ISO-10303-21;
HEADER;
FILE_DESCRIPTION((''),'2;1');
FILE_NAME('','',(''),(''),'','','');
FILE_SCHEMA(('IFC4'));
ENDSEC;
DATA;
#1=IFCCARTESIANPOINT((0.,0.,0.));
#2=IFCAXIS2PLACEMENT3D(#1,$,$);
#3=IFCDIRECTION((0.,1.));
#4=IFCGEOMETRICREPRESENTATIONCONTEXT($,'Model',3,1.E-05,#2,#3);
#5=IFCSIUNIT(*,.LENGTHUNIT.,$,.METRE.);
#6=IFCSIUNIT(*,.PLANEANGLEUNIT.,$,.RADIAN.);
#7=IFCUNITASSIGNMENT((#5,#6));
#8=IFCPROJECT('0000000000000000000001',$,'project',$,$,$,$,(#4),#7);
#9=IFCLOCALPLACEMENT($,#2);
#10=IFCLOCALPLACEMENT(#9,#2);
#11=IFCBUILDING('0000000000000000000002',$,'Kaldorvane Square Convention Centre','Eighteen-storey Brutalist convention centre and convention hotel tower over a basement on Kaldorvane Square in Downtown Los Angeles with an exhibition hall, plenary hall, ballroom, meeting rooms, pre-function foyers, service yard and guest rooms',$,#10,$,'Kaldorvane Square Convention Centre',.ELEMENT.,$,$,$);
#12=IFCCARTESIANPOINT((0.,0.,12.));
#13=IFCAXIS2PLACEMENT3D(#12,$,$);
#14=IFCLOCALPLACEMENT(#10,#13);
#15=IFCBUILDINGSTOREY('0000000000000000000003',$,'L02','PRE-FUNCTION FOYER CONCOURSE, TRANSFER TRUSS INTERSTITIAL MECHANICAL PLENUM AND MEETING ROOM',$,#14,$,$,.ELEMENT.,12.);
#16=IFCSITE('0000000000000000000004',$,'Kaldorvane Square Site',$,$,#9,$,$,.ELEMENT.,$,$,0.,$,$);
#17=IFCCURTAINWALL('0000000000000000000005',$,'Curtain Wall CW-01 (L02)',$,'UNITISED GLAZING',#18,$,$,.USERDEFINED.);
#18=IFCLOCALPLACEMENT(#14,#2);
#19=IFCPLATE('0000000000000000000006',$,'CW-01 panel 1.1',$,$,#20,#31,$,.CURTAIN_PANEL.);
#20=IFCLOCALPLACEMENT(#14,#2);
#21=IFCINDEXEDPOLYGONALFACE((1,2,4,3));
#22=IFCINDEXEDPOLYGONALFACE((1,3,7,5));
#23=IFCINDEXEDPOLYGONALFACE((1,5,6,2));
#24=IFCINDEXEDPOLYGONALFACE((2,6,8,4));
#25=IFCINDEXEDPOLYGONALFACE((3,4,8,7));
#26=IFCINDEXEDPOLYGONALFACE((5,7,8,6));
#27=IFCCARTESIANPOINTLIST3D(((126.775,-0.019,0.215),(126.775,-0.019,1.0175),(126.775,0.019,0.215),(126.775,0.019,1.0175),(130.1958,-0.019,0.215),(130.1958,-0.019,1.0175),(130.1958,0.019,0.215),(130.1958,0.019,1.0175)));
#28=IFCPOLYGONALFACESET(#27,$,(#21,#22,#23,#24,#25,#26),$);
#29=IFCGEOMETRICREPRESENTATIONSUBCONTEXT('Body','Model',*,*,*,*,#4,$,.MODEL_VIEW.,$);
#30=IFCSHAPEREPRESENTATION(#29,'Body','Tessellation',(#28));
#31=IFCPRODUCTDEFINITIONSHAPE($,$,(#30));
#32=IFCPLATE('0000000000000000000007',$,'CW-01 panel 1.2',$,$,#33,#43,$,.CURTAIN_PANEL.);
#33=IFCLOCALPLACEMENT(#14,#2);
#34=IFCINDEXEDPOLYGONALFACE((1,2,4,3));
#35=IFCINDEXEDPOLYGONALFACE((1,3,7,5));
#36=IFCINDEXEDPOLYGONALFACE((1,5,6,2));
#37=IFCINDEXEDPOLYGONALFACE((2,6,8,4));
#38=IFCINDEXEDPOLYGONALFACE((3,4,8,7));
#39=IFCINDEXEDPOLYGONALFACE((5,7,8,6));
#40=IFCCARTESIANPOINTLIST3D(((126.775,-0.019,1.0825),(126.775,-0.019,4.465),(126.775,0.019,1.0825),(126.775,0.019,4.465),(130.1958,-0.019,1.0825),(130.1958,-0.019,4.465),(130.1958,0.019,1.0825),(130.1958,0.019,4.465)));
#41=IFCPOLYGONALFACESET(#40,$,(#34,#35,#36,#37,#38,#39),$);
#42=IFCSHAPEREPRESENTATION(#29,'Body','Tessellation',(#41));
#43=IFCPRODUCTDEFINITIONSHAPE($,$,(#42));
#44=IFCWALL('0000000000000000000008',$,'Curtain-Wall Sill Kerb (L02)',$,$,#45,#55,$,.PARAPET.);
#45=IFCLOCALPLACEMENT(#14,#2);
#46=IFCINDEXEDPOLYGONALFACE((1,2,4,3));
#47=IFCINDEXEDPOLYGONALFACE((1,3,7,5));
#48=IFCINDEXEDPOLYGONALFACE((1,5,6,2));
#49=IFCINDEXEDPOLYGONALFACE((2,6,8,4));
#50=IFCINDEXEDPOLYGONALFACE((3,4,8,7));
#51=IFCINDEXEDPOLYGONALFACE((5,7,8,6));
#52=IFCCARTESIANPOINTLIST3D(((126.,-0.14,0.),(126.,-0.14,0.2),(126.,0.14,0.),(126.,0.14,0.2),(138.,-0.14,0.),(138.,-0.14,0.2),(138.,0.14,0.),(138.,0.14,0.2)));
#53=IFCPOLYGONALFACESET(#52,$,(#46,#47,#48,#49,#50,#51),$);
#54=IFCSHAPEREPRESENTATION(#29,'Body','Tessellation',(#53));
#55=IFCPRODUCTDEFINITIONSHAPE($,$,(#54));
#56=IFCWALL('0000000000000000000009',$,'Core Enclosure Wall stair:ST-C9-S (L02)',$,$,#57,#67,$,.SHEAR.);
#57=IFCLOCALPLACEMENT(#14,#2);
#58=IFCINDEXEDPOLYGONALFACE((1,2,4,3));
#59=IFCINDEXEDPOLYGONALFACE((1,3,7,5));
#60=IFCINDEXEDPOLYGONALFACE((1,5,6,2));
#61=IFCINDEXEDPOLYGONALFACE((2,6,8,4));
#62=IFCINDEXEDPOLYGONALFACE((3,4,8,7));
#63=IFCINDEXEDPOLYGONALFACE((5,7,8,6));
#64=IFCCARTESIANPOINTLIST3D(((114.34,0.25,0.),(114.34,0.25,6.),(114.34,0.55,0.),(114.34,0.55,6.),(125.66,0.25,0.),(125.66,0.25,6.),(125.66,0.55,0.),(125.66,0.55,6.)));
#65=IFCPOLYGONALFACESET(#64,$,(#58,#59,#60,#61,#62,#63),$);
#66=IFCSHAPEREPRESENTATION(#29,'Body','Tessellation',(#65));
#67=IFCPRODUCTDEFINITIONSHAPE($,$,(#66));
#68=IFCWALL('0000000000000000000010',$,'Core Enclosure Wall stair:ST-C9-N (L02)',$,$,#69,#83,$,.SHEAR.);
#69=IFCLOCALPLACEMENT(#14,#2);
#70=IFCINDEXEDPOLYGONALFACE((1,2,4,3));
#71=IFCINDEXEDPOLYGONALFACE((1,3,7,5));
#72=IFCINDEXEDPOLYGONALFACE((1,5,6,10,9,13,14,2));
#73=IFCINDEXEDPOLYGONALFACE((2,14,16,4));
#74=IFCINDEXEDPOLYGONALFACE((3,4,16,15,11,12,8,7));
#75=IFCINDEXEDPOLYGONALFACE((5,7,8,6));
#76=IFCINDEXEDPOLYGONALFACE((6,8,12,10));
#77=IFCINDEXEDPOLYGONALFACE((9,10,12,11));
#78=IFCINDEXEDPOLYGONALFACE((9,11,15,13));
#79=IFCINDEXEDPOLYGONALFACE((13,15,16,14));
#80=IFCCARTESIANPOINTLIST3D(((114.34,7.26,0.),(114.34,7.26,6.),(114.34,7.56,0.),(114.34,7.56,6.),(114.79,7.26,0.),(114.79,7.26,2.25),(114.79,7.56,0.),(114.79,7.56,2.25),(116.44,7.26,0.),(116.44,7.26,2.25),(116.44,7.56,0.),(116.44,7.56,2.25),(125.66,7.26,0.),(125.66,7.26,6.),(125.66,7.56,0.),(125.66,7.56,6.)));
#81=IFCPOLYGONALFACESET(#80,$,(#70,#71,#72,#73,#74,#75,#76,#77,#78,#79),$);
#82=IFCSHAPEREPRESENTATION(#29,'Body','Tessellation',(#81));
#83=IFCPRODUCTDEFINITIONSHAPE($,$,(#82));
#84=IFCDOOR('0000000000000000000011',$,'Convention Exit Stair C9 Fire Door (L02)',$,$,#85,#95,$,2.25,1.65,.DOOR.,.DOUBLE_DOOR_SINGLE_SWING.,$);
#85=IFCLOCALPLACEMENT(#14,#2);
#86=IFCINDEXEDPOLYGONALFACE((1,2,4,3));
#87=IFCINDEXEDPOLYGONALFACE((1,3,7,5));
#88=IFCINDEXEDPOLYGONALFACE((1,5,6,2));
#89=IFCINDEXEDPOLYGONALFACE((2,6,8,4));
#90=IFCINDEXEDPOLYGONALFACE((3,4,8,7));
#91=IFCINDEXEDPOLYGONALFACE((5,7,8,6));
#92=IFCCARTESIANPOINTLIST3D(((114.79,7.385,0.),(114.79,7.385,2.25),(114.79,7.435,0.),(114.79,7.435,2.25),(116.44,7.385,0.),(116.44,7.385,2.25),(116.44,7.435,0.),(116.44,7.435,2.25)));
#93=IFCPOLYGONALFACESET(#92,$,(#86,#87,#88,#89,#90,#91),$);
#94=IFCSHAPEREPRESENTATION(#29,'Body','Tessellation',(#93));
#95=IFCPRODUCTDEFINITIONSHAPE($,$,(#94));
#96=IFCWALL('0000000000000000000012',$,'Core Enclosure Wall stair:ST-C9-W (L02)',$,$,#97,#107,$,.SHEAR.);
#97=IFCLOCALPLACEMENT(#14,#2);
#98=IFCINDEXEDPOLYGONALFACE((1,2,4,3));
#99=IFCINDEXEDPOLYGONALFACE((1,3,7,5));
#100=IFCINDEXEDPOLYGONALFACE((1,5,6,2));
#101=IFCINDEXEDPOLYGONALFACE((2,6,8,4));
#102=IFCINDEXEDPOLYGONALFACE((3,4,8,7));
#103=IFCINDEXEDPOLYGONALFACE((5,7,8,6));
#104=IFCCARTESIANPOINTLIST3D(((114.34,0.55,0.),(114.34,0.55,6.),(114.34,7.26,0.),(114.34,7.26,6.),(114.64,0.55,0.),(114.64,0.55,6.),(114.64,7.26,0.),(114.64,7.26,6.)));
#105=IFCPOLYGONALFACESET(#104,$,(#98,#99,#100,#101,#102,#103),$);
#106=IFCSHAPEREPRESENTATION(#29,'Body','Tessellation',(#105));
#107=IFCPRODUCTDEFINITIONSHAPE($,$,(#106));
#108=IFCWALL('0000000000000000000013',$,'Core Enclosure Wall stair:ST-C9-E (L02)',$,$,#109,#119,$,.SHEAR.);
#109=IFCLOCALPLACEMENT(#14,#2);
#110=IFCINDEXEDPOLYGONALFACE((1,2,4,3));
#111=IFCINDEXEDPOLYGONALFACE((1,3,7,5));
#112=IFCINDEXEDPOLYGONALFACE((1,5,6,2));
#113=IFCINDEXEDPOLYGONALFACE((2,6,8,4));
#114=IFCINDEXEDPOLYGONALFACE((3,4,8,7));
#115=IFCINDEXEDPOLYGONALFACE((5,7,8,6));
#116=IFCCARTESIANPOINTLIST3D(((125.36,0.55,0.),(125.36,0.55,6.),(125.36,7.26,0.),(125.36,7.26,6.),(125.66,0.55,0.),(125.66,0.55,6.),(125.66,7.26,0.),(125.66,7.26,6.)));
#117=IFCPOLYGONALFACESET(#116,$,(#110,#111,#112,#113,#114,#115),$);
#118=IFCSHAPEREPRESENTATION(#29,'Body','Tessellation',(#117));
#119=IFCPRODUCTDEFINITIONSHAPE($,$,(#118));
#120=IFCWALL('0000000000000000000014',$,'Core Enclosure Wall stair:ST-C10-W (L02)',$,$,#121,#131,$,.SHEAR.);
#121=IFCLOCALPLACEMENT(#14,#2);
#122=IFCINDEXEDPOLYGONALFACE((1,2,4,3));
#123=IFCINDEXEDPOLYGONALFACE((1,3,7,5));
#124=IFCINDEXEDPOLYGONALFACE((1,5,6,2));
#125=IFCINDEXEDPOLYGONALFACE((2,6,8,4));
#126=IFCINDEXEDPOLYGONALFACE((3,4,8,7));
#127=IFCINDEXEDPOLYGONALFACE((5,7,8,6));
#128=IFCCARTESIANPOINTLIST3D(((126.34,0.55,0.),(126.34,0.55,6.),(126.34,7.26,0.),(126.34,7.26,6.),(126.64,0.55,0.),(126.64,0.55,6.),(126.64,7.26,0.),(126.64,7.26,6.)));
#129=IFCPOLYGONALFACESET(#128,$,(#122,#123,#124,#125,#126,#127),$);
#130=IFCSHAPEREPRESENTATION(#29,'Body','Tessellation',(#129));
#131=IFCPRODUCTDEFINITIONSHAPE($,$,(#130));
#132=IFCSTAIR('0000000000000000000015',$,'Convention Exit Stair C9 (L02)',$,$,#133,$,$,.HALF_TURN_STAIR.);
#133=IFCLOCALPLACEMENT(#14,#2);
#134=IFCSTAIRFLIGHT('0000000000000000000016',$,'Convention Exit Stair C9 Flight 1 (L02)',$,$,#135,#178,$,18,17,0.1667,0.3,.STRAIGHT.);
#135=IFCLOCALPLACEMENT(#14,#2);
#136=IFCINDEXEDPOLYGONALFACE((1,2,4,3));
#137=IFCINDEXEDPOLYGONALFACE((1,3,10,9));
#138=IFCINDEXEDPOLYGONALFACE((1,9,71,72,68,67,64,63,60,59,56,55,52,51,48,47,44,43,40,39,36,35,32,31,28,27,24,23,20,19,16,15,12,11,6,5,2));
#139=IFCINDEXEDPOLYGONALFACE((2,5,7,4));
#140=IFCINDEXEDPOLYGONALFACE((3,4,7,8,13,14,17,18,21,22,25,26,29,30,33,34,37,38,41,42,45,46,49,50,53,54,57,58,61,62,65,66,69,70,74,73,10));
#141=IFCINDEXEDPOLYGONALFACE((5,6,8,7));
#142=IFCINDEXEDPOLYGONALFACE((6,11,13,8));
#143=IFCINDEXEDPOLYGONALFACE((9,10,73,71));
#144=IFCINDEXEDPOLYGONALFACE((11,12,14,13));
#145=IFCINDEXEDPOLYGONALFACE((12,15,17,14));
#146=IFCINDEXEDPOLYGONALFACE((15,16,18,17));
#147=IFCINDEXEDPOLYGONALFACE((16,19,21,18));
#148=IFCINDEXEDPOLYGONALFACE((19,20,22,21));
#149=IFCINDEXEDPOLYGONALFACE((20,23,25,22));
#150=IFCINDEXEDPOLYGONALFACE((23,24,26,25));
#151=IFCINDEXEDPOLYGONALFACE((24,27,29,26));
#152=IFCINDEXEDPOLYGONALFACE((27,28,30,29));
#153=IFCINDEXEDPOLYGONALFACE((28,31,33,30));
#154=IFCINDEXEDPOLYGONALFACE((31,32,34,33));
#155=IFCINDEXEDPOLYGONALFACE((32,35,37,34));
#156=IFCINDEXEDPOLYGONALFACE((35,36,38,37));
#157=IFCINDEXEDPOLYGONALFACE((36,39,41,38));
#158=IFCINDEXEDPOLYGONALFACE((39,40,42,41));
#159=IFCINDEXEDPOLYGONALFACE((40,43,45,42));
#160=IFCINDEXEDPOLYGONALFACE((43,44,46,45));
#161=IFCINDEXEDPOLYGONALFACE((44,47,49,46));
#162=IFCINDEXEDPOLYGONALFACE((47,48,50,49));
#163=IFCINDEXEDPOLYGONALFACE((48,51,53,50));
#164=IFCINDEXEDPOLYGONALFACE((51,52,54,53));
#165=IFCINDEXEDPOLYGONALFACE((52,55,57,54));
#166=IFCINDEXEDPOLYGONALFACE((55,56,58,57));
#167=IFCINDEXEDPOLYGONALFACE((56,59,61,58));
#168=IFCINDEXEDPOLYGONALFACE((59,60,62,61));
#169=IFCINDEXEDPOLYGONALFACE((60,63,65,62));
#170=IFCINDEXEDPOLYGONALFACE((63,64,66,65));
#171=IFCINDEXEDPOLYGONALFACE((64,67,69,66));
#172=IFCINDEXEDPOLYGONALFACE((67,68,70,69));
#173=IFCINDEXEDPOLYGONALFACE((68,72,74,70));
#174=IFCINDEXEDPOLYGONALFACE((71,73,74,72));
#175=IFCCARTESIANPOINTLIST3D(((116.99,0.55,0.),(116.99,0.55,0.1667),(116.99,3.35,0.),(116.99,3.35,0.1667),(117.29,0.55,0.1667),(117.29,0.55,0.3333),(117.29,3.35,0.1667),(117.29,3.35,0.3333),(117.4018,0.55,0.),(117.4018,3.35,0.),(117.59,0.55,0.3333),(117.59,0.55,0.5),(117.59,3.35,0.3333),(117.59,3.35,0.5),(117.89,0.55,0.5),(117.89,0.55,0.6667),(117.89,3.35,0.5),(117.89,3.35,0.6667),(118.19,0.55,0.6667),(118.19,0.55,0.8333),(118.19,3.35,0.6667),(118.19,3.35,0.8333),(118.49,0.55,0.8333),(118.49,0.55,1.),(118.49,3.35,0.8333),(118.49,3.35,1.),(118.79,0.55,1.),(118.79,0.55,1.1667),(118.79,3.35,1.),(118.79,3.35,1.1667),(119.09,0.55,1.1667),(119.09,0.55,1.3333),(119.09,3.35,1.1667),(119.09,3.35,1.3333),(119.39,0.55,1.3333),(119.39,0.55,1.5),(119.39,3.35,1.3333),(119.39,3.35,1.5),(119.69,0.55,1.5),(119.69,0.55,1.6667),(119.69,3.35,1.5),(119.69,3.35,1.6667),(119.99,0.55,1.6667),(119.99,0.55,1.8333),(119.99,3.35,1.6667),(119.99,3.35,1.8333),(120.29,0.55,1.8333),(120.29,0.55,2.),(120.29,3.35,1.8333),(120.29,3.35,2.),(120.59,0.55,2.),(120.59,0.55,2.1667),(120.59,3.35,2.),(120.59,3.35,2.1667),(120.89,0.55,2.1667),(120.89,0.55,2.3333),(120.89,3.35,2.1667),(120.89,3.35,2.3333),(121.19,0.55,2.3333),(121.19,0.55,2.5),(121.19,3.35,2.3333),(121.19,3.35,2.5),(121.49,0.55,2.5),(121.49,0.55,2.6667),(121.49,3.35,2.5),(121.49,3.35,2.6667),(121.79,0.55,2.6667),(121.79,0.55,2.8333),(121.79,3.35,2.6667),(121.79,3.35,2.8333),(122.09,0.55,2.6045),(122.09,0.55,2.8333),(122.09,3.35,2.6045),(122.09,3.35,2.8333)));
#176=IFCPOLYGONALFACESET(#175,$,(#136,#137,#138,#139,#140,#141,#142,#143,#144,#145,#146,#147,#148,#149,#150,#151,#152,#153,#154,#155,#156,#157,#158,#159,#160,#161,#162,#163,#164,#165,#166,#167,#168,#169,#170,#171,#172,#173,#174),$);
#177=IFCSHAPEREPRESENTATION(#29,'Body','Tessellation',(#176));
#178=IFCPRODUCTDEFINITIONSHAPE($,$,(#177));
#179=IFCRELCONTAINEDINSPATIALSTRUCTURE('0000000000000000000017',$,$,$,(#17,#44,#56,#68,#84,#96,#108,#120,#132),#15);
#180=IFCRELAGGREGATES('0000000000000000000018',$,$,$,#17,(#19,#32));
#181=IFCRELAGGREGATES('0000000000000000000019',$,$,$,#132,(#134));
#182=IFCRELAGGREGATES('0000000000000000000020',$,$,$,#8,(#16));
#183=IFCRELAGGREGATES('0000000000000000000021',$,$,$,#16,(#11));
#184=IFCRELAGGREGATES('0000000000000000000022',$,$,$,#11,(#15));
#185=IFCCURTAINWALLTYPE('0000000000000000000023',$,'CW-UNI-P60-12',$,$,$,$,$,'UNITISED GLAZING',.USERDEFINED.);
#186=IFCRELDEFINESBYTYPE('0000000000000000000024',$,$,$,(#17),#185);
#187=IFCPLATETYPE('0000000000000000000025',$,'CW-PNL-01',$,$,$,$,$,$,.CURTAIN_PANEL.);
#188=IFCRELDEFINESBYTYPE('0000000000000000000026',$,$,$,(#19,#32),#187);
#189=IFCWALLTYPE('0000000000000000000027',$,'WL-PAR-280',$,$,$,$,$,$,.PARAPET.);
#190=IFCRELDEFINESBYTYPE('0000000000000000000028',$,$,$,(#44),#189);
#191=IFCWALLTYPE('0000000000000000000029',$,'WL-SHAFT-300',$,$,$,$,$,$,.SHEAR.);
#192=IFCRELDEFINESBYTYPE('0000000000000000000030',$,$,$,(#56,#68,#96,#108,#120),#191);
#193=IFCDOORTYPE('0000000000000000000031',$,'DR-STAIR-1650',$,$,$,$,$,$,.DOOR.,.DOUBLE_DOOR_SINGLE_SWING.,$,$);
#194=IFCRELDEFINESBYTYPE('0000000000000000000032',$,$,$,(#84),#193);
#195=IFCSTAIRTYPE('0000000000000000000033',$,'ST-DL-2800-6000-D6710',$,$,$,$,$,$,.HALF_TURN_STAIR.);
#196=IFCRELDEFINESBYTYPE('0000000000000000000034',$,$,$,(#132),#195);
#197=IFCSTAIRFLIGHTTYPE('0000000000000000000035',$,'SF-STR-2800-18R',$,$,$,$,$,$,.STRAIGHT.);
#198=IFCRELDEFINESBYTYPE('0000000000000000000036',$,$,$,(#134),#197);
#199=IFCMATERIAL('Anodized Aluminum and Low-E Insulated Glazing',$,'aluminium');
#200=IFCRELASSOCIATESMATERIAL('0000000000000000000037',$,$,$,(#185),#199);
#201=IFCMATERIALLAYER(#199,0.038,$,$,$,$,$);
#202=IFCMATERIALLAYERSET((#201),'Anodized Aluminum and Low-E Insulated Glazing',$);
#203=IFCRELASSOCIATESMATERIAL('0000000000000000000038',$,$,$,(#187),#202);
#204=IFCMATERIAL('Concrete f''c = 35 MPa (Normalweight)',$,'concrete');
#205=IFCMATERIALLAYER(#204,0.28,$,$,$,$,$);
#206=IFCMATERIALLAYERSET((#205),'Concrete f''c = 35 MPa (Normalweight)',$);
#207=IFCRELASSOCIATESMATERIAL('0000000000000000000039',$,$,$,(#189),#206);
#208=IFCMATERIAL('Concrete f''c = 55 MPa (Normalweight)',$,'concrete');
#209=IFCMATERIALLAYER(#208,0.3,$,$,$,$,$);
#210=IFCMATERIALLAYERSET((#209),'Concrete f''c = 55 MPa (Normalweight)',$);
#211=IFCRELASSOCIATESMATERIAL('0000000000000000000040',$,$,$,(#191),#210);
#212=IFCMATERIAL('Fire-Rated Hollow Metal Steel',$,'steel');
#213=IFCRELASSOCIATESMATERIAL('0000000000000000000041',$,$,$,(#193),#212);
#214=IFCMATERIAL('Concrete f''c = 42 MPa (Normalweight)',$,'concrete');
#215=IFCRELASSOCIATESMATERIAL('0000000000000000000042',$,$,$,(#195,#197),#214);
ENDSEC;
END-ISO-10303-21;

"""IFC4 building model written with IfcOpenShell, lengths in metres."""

from ifc_helpers import new_model, si_unit, direction, frame, frame_2d, origin, origin_2d, place, context, subcontext, project, spatial, polyline, rectangle, outline, extrude, material, layer, layer_set, type_object, element, fill, aggregate, save


model = new_model("IFC4")

# Units and contexts
model_context = context("Model", 3, precision=1e-05, world=origin(), true_north=direction((0.0, 1.0)))
body_context = subcontext(model_context, "Body", "Model", "MODEL_VIEW")
ifc_project = project(units=[si_unit("LENGTHUNIT", "METRE"), si_unit("PLANEANGLEUNIT", "RADIAN")], contexts=[model_context])

# Site, building, storey
site_placement = place(None, origin())
site = spatial("IfcSite", under=ifc_project, at=site_placement, Name="Kaldorvane Square Site", CompositionType="ELEMENT", RefElevation=0.0)
building_placement = place(site_placement, origin())
building = spatial("IfcBuilding", under=site, at=building_placement, Name="Kaldorvane Square Convention Centre", Description="Eighteen-storey Brutalist convention centre and convention hotel tower over a basement on Kaldorvane Square in Downtown Los Angeles with an exhibition hall, plenary hall, ballroom, meeting rooms, pre-function foyers, service yard and guest rooms", LongName="Kaldorvane Square Convention Centre", CompositionType="ELEMENT")
storey_placement = place(building_placement, frame((0.0, 0.0, 12.0)))
storey = spatial("IfcBuildingStorey", under=building, at=storey_placement, Name="L02", Description="PRE-FUNCTION FOYER CONCOURSE, TRANSFER TRUSS INTERSTITIAL MECHANICAL PLENUM AND MEETING ROOM", CompositionType="ELEMENT", Elevation=12.0)

# Shared definitions
ifc_material_1 = material(Name="Concrete f'c = 55 MPa (Normalweight)", Category="concrete")

# Shared definitions
ifc_material_2 = material(Name="Concrete f'c = 42 MPa (Normalweight)", Category="concrete")

# Curtain wall, plates
ifc_material_3 = material(Name="Anodized Aluminum and Low-E Insulated Glazing", Category="aluminium")
curtain_wall_type = type_object("IfcCurtainWallType", Name="CW-UNI-P60-12", ElementType="UNITISED GLAZING", PredefinedType="USERDEFINED", material=ifc_material_3)
curtain_wall_placement = place(storey_placement, origin())
curtain_wall = element("IfcCurtainWall", 1, at=curtain_wall_placement, inside=storey, type_object=curtain_wall_type, Name="Curtain Wall CW-01 (L02)", ObjectType="UNITISED GLAZING", PredefinedType="USERDEFINED")
ifc_layer_1 = layer(ifc_material_3, 0.038)
ifc_layer_set_1 = layer_set([ifc_layer_1], Name="Anodized Aluminum and Low-E Insulated Glazing")
plate_type = type_object("IfcPlateType", Name="CW-PNL-01", PredefinedType="CURTAIN_PANEL", material=ifc_layer_set_1)
plate_1_placement = place(storey_placement, frame((128.4854, 0.0, 0.215), z_axis=(0.0, 0.0, 1.0), x_axis=(1.0, 0.0, 0.0)))
plate_1 = element("IfcPlate", 2, at=plate_1_placement, type_object=plate_type, Name="CW-01 panel 1.1", PredefinedType="CURTAIN_PANEL", context=body_context, shape_type="SweptSolid", body=[
    extrude(rectangle(XDim=3.4208, YDim=0.038, at=origin_2d()), origin(), (0.0, 0.0, 1.0), 0.8025),
])
plate_2_placement = place(storey_placement, frame((128.4854, 0.0, 1.0825), z_axis=(0.0, 0.0, 1.0), x_axis=(1.0, 0.0, 0.0)))
plate_2 = element("IfcPlate", 3, at=plate_2_placement, type_object=plate_type, Name="CW-01 panel 1.2", PredefinedType="CURTAIN_PANEL", context=body_context, shape_type="SweptSolid", body=[
    extrude(rectangle(XDim=3.4208, YDim=0.038, at=origin_2d()), origin(), (0.0, 0.0, 1.0), 3.3825),
])
aggregate(curtain_wall, [plate_1, plate_2])

# Walls
ifc_material_4 = material(Name="Concrete f'c = 35 MPa (Normalweight)", Category="concrete")
ifc_layer_2 = layer(ifc_material_4, 0.28)
ifc_layer_set_2 = layer_set([ifc_layer_2], Name="Concrete f'c = 35 MPa (Normalweight)")
wall_type_1 = type_object("IfcWallType", Name="WL-PAR-280", PredefinedType="PARAPET", material=ifc_layer_set_2)
wall_1_placement = place(storey_placement, frame((126.0, 0.0, 0.0), z_axis=(0.0, 0.0, 1.0), x_axis=(1.0, 0.0, 0.0)))
element("IfcWall", 4, at=wall_1_placement, inside=storey, type_object=wall_type_1, Name="Curtain-Wall Sill Kerb (L02)", PredefinedType="PARAPET", context=body_context, shape_type="SweptSolid", body=[
    extrude(rectangle(XDim=12.0, YDim=0.28, at=frame_2d((6.0, 0.0))), origin(), (0.0, 0.0, 1.0), 0.2),
])
ifc_layer_3 = layer(ifc_material_1, 0.3)
ifc_layer_set_3 = layer_set([ifc_layer_3], Name="Concrete f'c = 55 MPa (Normalweight)")
wall_type_2 = type_object("IfcWallType", Name="WL-SHAFT-300", PredefinedType="SHEAR", material=ifc_layer_set_3)
wall_2_placement = place(storey_placement, frame((125.66, 0.4, 0.0), z_axis=(0.0, 0.0, 1.0), x_axis=(-1.0, 0.0, 0.0)))
element("IfcWall", 5, at=wall_2_placement, inside=storey, type_object=wall_type_2, Name="Core Enclosure Wall stair:ST-C9-S (L02)", PredefinedType="SHEAR", context=body_context, shape_type="SweptSolid", body=[
    extrude(rectangle(XDim=11.32, YDim=0.3, at=frame_2d((5.66, 0.0))), origin(), (0.0, 0.0, 1.0), 6.0),
])

# Wall, opening, door
wall_3_placement = place(storey_placement, frame((125.66, 7.41, 0.0), z_axis=(0.0, 0.0, 1.0), x_axis=(-1.0, 0.0, 0.0)))
wall_3 = element("IfcWall", 6, at=wall_3_placement, inside=storey, type_object=wall_type_2, Name="Core Enclosure Wall stair:ST-C9-N (L02)", PredefinedType="SHEAR", context=body_context, shape_type="SweptSolid", body=[
    extrude(rectangle(XDim=11.32, YDim=0.3, at=frame_2d((5.66, 0.0))), origin(), (0.0, 0.0, 1.0), 6.0),
])
opening_placement = place(wall_3_placement, frame((9.22, 0.0, 0.0)))
opening = element("IfcOpeningElement", 7, at=opening_placement, cuts=wall_3, PredefinedType="OPENING", context=body_context, shape_type="SweptSolid", body=[
    extrude(rectangle(XDim=1.65, YDim=2.25, at=frame_2d((0.825, 1.125))), frame((0.0, 0.165, 0.0), z_axis=(0.0, -1.0, 0.0), x_axis=(1.0, 0.0, 0.0)), (0.0, 0.0, 1.0), 0.33),
])
ifc_material_5 = material(Name="Fire-Rated Hollow Metal Steel", Category="steel")
door_type = type_object("IfcDoorType", Name="DR-STAIR-1650", OperationType="DOUBLE_DOOR_SINGLE_SWING", PredefinedType="DOOR", material=ifc_material_5)
door_placement = place(opening_placement, origin())
door = element("IfcDoor", 8, at=door_placement, inside=storey, type_object=door_type, Name="Convention Exit Stair C9 Fire Door (L02)", OperationType="DOUBLE_DOOR_SINGLE_SWING", OverallHeight=2.25, OverallWidth=1.65, PredefinedType="DOOR", context=body_context, shape_type="SweptSolid", body=[
    extrude(rectangle(XDim=1.65, YDim=2.25, at=frame_2d((0.825, 1.125))), frame((0.0, 0.025, 0.0), z_axis=(0.0, -1.0, 0.0), x_axis=(1.0, 0.0, 0.0)), (0.0, 0.0, 1.0), 0.05),
])
fill(opening, door)

# Walls
for number, where, z_axis, x_axis, name in (
    (9, (114.49, 7.26, 0.0), (0.0, 0.0, 1.0), (0.0, -1.0, 0.0), "Core Enclosure Wall stair:ST-C9-W (L02)"),
    (10, (125.51, 0.55, 0.0), (0.0, 0.0, 1.0), (0.0, 1.0, 0.0), "Core Enclosure Wall stair:ST-C9-E (L02)"),
    (11, (126.49, 7.26, 0.0), (0.0, 0.0, 1.0), (0.0, -1.0, 0.0), "Core Enclosure Wall stair:ST-C10-W (L02)"),
):
    element("IfcWall", number, at=place(storey_placement, frame(where, z_axis=z_axis, x_axis=x_axis)), inside=storey, type_object=wall_type_2, Name=name, PredefinedType="SHEAR", context=body_context, shape_type="SweptSolid", body=[
        extrude(rectangle(XDim=6.71, YDim=0.3, at=frame_2d((3.355, 0.0))), origin(), (0.0, 0.0, 1.0), 6.0),
    ])

# Stair, stair flight
stair_type = type_object("IfcStairType", Name="ST-DL-2800-6000-D6710", PredefinedType="HALF_TURN_STAIR", material=ifc_material_2)
stair_placement = place(storey_placement, origin())
stair = element("IfcStair", 12, at=stair_placement, inside=storey, type_object=stair_type, Name="Convention Exit Stair C9 (L02)", PredefinedType="HALF_TURN_STAIR")
stair_flight_type = type_object("IfcStairFlightType", Name="SF-STR-2800-18R", PredefinedType="STRAIGHT", material=ifc_material_2)
stair_flight_1_placement = place(storey_placement, frame((116.99, 1.95, 0.0), z_axis=(0.0, 0.0, 1.0), x_axis=(1.0, 0.0, 0.0)))
stair_flight_1 = element("IfcStairFlight", 13, at=stair_flight_1_placement, type_object=stair_flight_type, Name="Convention Exit Stair C9 Flight 1 (L02)", NumberOfRisers=18, NumberOfTreads=17, PredefinedType="STRAIGHT", RiserHeight=0.1667, TreadLength=0.3, context=body_context, shape_type="SweptSolid", body=[
    extrude(outline(polyline([(0.0, 0.0), (0.0, 0.1667), (0.3, 0.1667), (0.3, 0.3333), (0.6, 0.3333), (0.6, 0.5), (0.9, 0.5), (0.9, 0.6667), (1.2, 0.6667), (1.2, 0.8333), (1.5, 0.8333), (1.5, 1.0), (1.8, 1.0), (1.8, 1.1667), (2.1, 1.1667), (2.1, 1.3333), (2.4, 1.3333), (2.4, 1.5), (2.7, 1.5), (2.7, 1.6667), (3.0, 1.6667), (3.0, 1.8333), (3.3, 1.8333), (3.3, 2.0), (3.6, 2.0), (3.6, 2.1667), (3.9, 2.1667), (3.9, 2.3333), (4.2, 2.3333), (4.2, 2.5), (4.5, 2.5), (4.5, 2.6667), (4.8, 2.6667), (4.8, 2.8333), (5.1, 2.8333), (5.1, 3.0), (5.1, 2.6045), (0.4118, 0.0), (0.0, 0.0)])), frame((0.0, 1.4, 0.0), z_axis=(0.0, -1.0, 0.0), x_axis=(1.0, 0.0, 0.0)), (0.0, 0.0, 1.0), 2.8),
])
aggregate(stair, [stair_flight_1])

save(model, "model.ifc")
